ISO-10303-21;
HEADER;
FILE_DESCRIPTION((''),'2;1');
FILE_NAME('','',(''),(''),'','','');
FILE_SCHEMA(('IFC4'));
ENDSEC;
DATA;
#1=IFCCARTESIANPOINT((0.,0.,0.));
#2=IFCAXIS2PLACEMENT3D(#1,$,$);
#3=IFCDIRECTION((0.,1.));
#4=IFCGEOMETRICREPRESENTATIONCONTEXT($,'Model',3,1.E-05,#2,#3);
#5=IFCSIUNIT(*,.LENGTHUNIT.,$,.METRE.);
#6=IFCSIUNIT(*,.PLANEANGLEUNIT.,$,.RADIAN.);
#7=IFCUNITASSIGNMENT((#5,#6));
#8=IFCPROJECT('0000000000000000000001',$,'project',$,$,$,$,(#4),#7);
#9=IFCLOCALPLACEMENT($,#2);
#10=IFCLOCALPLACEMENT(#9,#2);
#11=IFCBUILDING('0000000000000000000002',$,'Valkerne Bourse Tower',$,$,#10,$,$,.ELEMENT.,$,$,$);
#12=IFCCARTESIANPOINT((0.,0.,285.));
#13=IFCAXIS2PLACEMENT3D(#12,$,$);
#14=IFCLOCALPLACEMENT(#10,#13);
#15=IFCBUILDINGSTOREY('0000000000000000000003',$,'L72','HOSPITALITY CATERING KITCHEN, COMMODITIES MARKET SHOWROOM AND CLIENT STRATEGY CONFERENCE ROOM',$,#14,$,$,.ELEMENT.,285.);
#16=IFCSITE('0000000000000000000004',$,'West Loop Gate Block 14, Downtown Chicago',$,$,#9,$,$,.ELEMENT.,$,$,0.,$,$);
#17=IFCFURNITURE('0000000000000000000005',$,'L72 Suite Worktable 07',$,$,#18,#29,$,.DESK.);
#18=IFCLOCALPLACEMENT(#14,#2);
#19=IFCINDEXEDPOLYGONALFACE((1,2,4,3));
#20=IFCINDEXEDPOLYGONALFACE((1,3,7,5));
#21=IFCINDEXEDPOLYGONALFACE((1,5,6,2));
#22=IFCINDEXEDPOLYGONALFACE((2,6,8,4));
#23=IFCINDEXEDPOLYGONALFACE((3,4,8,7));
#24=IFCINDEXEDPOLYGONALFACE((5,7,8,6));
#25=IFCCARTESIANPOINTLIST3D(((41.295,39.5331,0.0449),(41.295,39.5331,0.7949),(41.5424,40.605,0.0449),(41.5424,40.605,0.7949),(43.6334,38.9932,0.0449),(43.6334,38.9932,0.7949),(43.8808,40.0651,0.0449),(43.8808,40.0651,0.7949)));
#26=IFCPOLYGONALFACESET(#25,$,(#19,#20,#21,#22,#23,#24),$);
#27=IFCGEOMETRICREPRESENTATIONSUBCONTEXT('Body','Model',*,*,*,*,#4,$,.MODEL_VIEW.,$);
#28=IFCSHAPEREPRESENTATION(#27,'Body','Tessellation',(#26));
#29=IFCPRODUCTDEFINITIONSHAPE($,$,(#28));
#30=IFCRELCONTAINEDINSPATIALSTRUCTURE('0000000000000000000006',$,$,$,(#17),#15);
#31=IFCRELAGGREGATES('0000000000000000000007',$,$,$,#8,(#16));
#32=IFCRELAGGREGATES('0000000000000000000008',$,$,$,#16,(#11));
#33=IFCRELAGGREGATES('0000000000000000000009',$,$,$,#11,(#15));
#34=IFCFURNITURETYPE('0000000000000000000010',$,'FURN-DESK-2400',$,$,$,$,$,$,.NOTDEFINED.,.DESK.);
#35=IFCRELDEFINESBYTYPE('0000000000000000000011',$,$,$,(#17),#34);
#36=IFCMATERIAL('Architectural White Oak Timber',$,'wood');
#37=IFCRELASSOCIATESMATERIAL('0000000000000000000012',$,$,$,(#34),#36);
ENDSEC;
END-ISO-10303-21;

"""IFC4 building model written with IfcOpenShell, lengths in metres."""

from ifc_helpers import new_model, si_unit, direction, frame, origin, origin_2d, place, context, subcontext, project, spatial, rectangle, extrude, material, type_object, element, save


model = new_model("IFC4")

# Units and contexts
model_context = context("Model", 3, precision=1e-05, world=origin(), true_north=direction((0.0, 1.0)))
body_context = subcontext(model_context, "Body", "Model", "MODEL_VIEW")
ifc_project = project(units=[si_unit("LENGTHUNIT", "METRE"), si_unit("PLANEANGLEUNIT", "RADIAN")], contexts=[model_context])

# Site, building, storey
site_placement = place(None, origin())
site = spatial("IfcSite", under=ifc_project, at=site_placement, Name="West Loop Gate Block 14, Downtown Chicago", CompositionType="ELEMENT", RefElevation=0.0)
building_placement = place(site_placement, origin())
building = spatial("IfcBuilding", under=site, at=building_placement, Name="Valkerne Bourse Tower", CompositionType="ELEMENT")
storey_placement = place(building_placement, frame((0.0, 0.0, 285.0)))
storey = spatial("IfcBuildingStorey", under=building, at=storey_placement, Name="L72", Description="HOSPITALITY CATERING KITCHEN, COMMODITIES MARKET SHOWROOM AND CLIENT STRATEGY CONFERENCE ROOM", CompositionType="ELEMENT", Elevation=285.0)

# Furniture
ifc_material_1 = material(Name="Architectural White Oak Timber", Category="wood")
furniture_type_1 = type_object("IfcFurnitureType", Name="FURN-DESK-2400", AssemblyPlace="NOTDEFINED", PredefinedType="DESK", material=ifc_material_1)
furniture_1_placement = place(storey_placement, frame((42.5879, 39.7991, 0.0449), z_axis=(0.0, 0.0, 1.0), x_axis=(-0.97437, 0.224951, 0.0)))
element("IfcFurniture", 1, at=furniture_1_placement, inside=storey, type_object=furniture_type_1, Name="L72 Suite Worktable 07", PredefinedType="DESK", context=body_context, shape_type="SweptSolid", body=[
    extrude(rectangle(XDim=2.3999, YDim=1.1001, at=origin_2d()), origin(), (0.0, 0.0, 1.0), 0.75),
])

save(model, "model.ifc")
